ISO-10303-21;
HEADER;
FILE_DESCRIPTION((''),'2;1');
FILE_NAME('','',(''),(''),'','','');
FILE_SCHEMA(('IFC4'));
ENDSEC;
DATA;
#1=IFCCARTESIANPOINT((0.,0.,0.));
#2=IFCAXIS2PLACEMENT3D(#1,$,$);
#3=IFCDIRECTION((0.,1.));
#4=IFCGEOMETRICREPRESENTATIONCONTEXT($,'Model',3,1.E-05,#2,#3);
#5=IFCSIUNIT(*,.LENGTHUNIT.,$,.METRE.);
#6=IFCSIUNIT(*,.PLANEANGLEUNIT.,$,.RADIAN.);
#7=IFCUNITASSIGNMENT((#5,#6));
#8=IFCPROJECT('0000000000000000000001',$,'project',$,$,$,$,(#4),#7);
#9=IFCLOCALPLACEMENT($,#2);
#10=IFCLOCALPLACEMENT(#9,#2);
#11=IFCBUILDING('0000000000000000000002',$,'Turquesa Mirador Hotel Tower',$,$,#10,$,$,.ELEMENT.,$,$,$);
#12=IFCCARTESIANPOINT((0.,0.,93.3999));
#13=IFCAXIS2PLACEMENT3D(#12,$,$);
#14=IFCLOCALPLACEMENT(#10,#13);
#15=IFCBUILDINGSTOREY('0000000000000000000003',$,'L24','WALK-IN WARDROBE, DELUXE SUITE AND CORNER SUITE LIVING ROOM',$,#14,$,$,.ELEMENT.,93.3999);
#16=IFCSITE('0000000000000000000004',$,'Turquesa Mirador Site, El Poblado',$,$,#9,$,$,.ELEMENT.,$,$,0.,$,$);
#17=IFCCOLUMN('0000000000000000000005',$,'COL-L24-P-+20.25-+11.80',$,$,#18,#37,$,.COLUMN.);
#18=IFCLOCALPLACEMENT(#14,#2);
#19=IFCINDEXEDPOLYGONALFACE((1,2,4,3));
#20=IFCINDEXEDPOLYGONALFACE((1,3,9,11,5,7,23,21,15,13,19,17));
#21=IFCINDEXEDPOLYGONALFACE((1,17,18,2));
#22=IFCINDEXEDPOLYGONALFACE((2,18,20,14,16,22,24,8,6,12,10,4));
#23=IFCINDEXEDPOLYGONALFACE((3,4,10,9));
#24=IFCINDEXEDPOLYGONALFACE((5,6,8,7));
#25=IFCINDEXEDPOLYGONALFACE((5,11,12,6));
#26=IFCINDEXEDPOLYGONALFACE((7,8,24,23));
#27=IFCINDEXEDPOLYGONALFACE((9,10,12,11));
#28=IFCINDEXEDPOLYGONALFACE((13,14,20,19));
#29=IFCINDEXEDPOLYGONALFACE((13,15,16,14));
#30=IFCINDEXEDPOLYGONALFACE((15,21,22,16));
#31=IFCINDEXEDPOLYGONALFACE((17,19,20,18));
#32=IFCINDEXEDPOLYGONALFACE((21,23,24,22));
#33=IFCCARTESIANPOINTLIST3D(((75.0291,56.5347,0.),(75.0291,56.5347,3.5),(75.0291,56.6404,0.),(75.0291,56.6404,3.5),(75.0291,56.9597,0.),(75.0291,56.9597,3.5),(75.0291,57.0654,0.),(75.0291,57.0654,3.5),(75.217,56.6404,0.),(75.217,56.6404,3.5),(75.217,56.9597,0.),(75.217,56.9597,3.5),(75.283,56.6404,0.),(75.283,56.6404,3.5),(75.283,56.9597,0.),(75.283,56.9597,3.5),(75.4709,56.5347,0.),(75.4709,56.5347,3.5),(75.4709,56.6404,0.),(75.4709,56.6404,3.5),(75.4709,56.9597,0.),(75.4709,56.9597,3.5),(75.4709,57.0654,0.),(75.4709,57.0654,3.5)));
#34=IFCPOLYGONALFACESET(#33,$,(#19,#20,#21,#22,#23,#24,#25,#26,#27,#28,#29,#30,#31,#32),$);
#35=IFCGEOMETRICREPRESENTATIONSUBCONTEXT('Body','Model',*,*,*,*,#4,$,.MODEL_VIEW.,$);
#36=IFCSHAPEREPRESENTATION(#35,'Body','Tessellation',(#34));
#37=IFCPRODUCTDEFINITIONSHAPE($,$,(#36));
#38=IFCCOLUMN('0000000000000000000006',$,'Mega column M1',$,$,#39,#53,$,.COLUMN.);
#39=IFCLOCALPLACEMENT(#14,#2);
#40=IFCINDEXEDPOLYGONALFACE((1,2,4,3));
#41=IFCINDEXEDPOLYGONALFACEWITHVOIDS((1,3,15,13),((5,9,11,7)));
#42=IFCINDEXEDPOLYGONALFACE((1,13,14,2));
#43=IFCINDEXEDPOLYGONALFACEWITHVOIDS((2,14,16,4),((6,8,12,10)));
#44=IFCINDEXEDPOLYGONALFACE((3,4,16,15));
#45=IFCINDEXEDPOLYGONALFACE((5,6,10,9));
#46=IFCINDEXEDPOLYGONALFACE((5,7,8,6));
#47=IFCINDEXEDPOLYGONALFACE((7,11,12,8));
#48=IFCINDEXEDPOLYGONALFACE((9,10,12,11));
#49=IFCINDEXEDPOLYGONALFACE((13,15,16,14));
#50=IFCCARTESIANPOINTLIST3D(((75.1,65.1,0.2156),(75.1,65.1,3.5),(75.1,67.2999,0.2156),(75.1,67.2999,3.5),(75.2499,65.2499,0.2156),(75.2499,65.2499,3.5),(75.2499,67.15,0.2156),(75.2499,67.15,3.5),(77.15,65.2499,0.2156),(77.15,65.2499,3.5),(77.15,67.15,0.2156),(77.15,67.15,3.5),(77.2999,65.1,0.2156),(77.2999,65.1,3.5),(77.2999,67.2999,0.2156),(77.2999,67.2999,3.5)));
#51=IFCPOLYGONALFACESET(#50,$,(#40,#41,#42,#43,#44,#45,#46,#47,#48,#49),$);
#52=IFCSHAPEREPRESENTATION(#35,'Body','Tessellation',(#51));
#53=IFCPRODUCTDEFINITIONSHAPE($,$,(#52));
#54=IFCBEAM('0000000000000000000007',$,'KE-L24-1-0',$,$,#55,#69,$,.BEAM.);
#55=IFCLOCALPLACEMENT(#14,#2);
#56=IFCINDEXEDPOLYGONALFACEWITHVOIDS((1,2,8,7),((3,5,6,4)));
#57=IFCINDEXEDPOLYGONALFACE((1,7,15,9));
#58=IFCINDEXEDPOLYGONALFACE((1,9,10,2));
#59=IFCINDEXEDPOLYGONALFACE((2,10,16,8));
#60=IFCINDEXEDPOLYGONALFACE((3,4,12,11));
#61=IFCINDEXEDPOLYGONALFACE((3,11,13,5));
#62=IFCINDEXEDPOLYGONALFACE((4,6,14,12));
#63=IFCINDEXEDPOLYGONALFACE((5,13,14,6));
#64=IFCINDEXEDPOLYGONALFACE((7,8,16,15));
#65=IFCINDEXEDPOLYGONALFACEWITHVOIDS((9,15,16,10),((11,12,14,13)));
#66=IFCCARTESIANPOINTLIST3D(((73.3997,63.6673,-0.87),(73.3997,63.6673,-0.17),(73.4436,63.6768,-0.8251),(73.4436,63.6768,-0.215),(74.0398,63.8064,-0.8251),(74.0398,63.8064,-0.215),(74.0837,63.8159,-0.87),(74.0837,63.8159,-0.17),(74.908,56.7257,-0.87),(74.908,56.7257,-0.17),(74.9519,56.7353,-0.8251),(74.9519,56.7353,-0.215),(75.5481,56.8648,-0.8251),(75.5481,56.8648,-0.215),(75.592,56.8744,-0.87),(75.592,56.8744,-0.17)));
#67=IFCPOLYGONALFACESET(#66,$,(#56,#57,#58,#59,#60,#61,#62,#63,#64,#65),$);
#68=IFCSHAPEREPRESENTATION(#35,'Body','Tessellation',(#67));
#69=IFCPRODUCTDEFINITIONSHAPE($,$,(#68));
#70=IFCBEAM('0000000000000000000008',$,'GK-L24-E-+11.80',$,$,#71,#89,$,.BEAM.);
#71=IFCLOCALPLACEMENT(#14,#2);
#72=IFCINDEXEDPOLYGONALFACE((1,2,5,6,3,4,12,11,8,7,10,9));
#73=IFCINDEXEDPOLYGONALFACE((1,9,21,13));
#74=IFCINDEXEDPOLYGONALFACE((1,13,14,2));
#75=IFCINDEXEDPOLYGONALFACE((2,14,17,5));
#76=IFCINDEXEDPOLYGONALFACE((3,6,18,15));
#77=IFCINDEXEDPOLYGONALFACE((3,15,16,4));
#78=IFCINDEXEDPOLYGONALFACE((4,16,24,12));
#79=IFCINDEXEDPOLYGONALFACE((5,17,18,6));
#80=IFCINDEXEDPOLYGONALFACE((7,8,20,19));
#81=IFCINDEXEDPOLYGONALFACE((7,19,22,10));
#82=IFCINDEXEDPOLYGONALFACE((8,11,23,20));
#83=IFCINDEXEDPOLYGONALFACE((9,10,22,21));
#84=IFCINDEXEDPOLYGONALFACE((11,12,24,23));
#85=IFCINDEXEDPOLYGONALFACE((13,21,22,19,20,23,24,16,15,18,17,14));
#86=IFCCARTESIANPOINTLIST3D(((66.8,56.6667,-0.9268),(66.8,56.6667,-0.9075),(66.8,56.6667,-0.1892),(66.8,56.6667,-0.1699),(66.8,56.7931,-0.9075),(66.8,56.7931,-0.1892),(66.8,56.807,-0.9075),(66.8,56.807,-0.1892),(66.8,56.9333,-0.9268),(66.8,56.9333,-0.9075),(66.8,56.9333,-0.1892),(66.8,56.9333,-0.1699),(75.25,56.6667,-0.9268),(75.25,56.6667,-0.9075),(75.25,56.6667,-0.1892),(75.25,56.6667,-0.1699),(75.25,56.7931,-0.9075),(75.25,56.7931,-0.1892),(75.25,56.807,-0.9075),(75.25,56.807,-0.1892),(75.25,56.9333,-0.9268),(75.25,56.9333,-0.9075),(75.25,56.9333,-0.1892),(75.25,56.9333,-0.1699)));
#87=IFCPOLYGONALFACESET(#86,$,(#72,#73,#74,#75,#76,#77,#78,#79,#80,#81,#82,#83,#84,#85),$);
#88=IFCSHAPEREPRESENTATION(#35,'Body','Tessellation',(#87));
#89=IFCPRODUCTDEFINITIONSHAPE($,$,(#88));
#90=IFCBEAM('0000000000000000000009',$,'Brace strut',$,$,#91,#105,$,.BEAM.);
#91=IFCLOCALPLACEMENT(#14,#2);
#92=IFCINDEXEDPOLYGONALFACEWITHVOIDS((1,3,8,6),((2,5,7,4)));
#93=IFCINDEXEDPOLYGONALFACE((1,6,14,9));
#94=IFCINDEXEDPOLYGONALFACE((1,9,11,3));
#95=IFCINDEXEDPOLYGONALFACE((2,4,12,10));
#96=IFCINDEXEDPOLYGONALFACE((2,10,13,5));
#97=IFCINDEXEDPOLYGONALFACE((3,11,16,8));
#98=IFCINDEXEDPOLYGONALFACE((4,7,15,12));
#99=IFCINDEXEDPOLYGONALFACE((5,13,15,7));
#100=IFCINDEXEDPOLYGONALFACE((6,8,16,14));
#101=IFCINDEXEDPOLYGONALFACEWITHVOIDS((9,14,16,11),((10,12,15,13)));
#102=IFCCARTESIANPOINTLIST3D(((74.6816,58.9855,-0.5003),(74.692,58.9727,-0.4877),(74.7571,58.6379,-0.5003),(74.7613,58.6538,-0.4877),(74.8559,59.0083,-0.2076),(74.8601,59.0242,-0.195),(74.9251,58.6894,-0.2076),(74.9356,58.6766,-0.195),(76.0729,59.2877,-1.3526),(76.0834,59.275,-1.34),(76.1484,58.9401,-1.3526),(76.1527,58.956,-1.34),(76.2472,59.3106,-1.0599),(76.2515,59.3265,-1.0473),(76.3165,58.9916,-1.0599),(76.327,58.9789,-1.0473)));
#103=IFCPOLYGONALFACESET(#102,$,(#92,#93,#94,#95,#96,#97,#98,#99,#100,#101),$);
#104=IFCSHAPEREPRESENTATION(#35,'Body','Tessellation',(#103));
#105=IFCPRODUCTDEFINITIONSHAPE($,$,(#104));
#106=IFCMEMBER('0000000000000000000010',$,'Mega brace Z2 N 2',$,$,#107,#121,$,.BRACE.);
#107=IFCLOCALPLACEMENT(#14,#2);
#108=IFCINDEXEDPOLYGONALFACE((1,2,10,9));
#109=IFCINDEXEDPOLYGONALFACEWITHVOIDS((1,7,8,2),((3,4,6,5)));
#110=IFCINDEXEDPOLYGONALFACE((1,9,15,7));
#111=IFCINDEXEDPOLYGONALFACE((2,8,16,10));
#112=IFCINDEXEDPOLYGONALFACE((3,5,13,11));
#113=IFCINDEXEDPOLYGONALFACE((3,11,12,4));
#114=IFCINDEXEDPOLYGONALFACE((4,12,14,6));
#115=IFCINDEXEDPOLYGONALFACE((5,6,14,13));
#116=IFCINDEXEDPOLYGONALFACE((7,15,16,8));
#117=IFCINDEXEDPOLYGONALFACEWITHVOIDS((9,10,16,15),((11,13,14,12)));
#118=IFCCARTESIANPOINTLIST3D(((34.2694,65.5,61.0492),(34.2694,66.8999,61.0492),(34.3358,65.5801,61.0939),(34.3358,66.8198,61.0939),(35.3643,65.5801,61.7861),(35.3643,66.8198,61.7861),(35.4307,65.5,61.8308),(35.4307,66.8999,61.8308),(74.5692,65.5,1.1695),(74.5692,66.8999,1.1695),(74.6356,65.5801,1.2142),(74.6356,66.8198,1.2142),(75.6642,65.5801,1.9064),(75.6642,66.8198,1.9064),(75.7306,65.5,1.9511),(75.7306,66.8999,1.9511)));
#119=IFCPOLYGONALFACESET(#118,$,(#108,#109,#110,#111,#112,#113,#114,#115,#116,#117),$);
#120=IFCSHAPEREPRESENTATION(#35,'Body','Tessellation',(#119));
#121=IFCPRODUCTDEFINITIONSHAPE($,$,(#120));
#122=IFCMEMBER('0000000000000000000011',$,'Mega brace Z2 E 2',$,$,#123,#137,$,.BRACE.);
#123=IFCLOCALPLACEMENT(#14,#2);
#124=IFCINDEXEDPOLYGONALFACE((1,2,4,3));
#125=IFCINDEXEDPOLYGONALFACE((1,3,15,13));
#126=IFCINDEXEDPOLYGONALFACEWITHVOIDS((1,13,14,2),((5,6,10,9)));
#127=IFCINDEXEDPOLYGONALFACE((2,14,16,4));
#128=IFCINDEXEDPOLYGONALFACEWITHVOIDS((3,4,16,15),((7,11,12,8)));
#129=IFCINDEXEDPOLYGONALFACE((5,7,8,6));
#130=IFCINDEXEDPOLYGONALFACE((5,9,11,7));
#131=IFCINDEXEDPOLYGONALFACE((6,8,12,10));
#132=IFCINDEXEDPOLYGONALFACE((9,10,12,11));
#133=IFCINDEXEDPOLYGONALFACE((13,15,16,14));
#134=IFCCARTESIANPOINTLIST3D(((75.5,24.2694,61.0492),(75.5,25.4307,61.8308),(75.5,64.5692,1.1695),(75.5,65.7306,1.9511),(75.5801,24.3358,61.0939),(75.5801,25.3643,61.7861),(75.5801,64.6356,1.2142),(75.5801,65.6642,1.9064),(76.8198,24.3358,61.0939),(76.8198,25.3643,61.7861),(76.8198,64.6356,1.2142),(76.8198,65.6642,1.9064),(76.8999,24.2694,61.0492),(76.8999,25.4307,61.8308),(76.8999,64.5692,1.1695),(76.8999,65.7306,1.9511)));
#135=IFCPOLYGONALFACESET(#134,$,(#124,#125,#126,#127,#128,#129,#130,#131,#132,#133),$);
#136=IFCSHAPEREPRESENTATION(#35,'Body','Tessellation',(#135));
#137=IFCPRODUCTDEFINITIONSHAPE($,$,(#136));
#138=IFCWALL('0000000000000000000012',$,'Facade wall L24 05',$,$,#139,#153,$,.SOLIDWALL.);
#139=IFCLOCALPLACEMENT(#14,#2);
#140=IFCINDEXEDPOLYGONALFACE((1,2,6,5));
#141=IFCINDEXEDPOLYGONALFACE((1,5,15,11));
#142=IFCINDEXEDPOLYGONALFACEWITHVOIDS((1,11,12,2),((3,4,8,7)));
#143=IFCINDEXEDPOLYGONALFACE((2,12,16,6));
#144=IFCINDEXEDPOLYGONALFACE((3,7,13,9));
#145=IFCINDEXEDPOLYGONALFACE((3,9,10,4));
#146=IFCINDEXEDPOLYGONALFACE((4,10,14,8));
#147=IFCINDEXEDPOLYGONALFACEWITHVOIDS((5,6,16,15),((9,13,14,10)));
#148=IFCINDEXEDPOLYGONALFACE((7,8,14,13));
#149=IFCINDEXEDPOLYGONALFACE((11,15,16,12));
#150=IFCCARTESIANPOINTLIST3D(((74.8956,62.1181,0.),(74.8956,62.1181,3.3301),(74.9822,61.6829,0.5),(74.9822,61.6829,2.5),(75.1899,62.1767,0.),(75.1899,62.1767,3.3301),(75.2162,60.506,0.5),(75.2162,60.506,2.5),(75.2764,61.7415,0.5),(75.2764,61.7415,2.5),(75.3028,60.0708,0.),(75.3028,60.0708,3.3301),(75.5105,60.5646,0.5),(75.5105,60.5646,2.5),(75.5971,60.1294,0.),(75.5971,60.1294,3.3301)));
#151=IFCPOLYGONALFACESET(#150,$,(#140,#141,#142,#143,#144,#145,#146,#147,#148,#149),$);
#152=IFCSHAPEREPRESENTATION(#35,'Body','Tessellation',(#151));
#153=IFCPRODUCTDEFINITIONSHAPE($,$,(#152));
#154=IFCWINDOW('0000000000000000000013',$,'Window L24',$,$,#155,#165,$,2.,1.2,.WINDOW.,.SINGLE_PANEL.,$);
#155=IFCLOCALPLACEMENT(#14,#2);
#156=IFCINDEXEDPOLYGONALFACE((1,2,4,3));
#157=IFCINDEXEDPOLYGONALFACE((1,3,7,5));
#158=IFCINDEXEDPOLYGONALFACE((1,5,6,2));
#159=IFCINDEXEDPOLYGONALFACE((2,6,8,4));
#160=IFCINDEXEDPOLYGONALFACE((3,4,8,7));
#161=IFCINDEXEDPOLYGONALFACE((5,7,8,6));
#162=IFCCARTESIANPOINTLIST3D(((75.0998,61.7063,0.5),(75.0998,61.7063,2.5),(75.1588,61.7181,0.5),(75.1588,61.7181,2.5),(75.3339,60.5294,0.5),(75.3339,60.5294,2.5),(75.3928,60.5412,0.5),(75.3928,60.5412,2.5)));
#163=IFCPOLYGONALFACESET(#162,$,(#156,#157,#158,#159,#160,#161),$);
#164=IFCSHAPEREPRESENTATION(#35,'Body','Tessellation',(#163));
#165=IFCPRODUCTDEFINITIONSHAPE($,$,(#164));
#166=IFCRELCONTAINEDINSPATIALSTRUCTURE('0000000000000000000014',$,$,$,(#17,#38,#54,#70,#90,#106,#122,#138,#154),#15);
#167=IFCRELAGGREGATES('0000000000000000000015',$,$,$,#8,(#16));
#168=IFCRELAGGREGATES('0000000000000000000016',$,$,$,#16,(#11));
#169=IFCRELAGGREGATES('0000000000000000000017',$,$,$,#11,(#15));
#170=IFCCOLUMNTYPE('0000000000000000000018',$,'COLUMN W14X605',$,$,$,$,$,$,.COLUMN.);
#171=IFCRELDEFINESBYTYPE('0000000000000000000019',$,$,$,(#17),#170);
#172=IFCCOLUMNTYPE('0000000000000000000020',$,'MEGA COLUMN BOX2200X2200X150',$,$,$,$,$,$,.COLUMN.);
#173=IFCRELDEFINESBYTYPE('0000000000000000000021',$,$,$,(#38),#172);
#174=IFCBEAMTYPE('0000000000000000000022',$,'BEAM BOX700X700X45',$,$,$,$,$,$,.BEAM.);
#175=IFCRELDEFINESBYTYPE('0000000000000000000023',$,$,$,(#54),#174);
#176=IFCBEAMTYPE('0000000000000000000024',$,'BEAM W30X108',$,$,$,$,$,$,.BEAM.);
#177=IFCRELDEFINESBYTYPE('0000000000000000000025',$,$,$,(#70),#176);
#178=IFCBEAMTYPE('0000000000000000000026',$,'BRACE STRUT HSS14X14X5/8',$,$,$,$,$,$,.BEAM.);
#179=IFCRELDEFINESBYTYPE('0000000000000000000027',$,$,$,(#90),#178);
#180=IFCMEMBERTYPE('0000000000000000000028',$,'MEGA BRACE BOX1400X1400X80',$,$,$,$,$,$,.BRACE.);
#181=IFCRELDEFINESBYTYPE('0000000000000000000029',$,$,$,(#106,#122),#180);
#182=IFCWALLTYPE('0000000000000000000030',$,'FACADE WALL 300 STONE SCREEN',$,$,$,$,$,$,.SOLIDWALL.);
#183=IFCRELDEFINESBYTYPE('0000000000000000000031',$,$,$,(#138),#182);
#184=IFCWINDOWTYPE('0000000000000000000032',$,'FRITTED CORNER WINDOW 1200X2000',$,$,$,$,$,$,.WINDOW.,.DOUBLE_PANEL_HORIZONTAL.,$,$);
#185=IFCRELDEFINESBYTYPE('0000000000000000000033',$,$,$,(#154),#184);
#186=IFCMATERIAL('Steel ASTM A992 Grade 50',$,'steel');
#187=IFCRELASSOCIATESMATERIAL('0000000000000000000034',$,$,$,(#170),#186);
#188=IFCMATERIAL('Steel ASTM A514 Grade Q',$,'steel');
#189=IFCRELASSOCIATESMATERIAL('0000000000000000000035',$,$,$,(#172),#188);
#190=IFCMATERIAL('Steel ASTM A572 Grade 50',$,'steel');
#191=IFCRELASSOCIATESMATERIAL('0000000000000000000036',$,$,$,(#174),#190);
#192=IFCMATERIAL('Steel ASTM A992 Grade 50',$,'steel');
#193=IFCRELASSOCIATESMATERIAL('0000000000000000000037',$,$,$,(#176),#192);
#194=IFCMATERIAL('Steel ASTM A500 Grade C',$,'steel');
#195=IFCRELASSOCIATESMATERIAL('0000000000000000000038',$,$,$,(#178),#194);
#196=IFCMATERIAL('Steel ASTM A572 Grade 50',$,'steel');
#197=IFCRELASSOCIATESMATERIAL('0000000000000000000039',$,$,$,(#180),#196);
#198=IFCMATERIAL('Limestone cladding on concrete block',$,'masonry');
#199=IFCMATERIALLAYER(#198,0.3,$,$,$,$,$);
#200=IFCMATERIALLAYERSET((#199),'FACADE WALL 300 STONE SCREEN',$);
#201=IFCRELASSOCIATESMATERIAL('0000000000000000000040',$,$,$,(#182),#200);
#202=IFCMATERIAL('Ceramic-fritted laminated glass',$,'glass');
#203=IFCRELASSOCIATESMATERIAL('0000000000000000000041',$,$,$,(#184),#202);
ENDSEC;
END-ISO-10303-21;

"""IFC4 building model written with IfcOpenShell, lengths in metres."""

from ifc_helpers import new_model, si_unit, direction, frame, frame_2d, origin, origin_2d, place, context, subcontext, project, spatial, rectangle, hollow_rectangle, i_section, extrude, clip, halfspace, material, layer, layer_set, material_profile, profile_set, type_object, element, fill, save


model = new_model("IFC4")

# Units and contexts
model_context = context("Model", 3, precision=1e-05, world=origin(), true_north=direction((0.0, 1.0)))
body_context = subcontext(model_context, "Body", "Model", "MODEL_VIEW")
ifc_project = project(units=[si_unit("LENGTHUNIT", "METRE"), si_unit("PLANEANGLEUNIT", "RADIAN")], contexts=[model_context])

# Site, building, storey
site_placement = place(None, origin())
site = spatial("IfcSite", under=ifc_project, at=site_placement, Name="Turquesa Mirador Site, El Poblado", CompositionType="ELEMENT", RefElevation=0.0)
building_placement = place(site_placement, origin())
building = spatial("IfcBuilding", under=site, at=building_placement, Name="Turquesa Mirador Hotel Tower", CompositionType="ELEMENT")
storey_placement = place(building_placement, frame((0.0, 0.0, 93.3999)))
storey = spatial("IfcBuildingStorey", under=building, at=storey_placement, Name="L24", Description="WALK-IN WARDROBE, DELUXE SUITE AND CORNER SUITE LIVING ROOM", CompositionType="ELEMENT", Elevation=93.3999)

# Columns
ifc_material_1 = material(Name="Steel ASTM A992 Grade 50", Category="steel")
ifc_material_profile_1 = material_profile(ifc_material_1, i_section(OverallWidth=0.4419, OverallDepth=0.5308, WebThickness=0.0659, FlangeThickness=0.1057, at=origin_2d()), Name="W14X605")
ifc_profile_set_1 = profile_set([ifc_material_profile_1], Name="Steel ASTM A992 Grade 50")
column_type_1 = type_object("IfcColumnType", Name="COLUMN W14X605", PredefinedType="COLUMN", material=ifc_profile_set_1)
column_1_placement = place(storey_placement, frame((75.25, 56.8, 0.0), z_axis=(0.0, 0.0, 1.0), x_axis=(1.0, 0.0, 0.0)))
element("IfcColumn", 1, at=column_1_placement, inside=storey, type_object=column_type_1, Name="COL-L24-P-+20.25-+11.80", PredefinedType="COLUMN", context=body_context, shape_type="SweptSolid", body=[
    extrude(i_section(OverallWidth=0.4419, OverallDepth=0.5308, WebThickness=0.0659, FlangeThickness=0.1057, at=origin_2d()), origin(), (0.0, 0.0, 1.0), 3.5),
])
ifc_material_2 = material(Name="Steel ASTM A514 Grade Q", Category="steel")
ifc_material_profile_2 = material_profile(ifc_material_2, hollow_rectangle(XDim=2.2, YDim=2.2, WallThickness=0.1499, at=origin_2d()), Name="BOX2200X2200X150")
ifc_profile_set_2 = profile_set([ifc_material_profile_2], Name="Steel ASTM A514 Grade Q")
column_type_2 = type_object("IfcColumnType", Name="MEGA COLUMN BOX2200X2200X150", PredefinedType="COLUMN", material=ifc_profile_set_2)
column_2_placement = place(storey_placement, frame((76.2, 66.2, 0.0), z_axis=(0.0, 0.0, 1.0), x_axis=(1.0, 0.0, 0.0)))
element("IfcColumn", 2, at=column_2_placement, inside=storey, type_object=column_type_2, Name="Mega column M1", PredefinedType="COLUMN", context=body_context, shape_type="Clipping", body=[
    clip(extrude(hollow_rectangle(XDim=2.2, YDim=2.2, WallThickness=0.1499, at=origin_2d()), origin(), (0.0, 0.0, 1.0), 3.5), halfspace(frame((0.0, 0.0, 0.2156), z_axis=(0.0, 0.0, -1.0), x_axis=(1.0, 0.0, 0.0)), False)),
])

# Beams
ifc_material_3 = material(Name="Steel ASTM A572 Grade 50", Category="steel")
ifc_material_profile_3 = material_profile(ifc_material_3, hollow_rectangle(XDim=0.7, YDim=0.7, WallThickness=0.0449, at=origin_2d()), Name="BOX700X700X45")
ifc_profile_set_3 = profile_set([ifc_material_profile_3], Name="Steel ASTM A572 Grade 50")
beam_type_1 = type_object("IfcBeamType", Name="BEAM BOX700X700X45", PredefinedType="BEAM", material=ifc_profile_set_3)
beam_1_placement = place(storey_placement, frame((75.25, 56.8, -0.52), z_axis=(-0.212328, 0.977198, 0.0), x_axis=(-0.977198, -0.212328, 0.0)))
element("IfcBeam", 3, at=beam_1_placement, inside=storey, type_object=beam_type_1, Name="KE-L24-1-0", PredefinedType="BEAM", context=body_context, shape_type="SweptSolid", body=[
    extrude(hollow_rectangle(XDim=0.7, YDim=0.7, WallThickness=0.0449, at=origin_2d()), origin(), (0.0, 0.0, 1.0), 7.1035),
])
ifc_material_4 = material(Name="Steel ASTM A992 Grade 50", Category="steel")
ifc_material_profile_4 = material_profile(ifc_material_4, i_section(OverallWidth=0.2666, OverallDepth=0.7568, WebThickness=0.0139, FlangeThickness=0.0193, at=origin_2d()), Name="W30X108")
ifc_profile_set_4 = profile_set([ifc_material_profile_4], Name="Steel ASTM A992 Grade 50")
beam_type_2 = type_object("IfcBeamType", Name="BEAM W30X108", PredefinedType="BEAM", material=ifc_profile_set_4)
beam_2_placement = place(storey_placement, frame((75.25, 56.8, -0.5483), z_axis=(-1.0, 0.0, 0.0), x_axis=(0.0, -1.0, 0.0)))
element("IfcBeam", 4, at=beam_2_placement, inside=storey, type_object=beam_type_2, Name="GK-L24-E-+11.80", PredefinedType="BEAM", context=body_context, shape_type="SweptSolid", body=[
    extrude(i_section(OverallWidth=0.2666, OverallDepth=0.7568, WebThickness=0.0139, FlangeThickness=0.0193, at=origin_2d()), origin(), (0.0, 0.0, 1.0), 8.45),
])
ifc_material_5 = material(Name="Steel ASTM A500 Grade C", Category="steel")
ifc_material_profile_5 = material_profile(ifc_material_5, hollow_rectangle(XDim=0.3557, YDim=0.3557, WallThickness=0.0146, at=origin_2d()), Name="HSS14X14X5/8")
ifc_profile_set_5 = profile_set([ifc_material_profile_5], Name="Steel ASTM A500 Grade C")
beam_type_3 = type_object("IfcBeamType", Name="BRACE STRUT HSS14X14X5/8", PredefinedType="BEAM", material=ifc_profile_set_5)
beam_3_placement = place(storey_placement, frame((76.2, 59.1333, -1.2), z_axis=(-0.838466, -0.182141, 0.513614), x_axis=(0.21228, -0.977209, 0.0)))
element("IfcBeam", 5, at=beam_3_placement, inside=storey, type_object=beam_type_3, Name="Brace strut", PredefinedType="BEAM", context=body_context, shape_type="SweptSolid", body=[
    extrude(hollow_rectangle(XDim=0.3557, YDim=0.3557, WallThickness=0.0146, at=origin_2d()), origin(), (0.0, 0.0, 1.0), 1.6594),
])

# Members
ifc_material_6 = material(Name="Steel ASTM A572 Grade 50", Category="steel")
ifc_material_profile_6 = material_profile(ifc_material_6, hollow_rectangle(XDim=1.3999, YDim=1.3999, WallThickness=0.0801, at=origin_2d()), Name="BOX1400X1400X80")
ifc_profile_set_6 = profile_set([ifc_material_profile_6], Name="Steel ASTM A572 Grade 50")
member_type = type_object("IfcMemberType", Name="MEGA BRACE BOX1400X1400X80", PredefinedType="BRACE", material=ifc_profile_set_6)
for number, where, z_axis, x_axis, name in (
    (6, (75.1499, 66.2, 1.5603), (-0.55834, 0.0, 0.829612), (0.0, -1.0, 0.0), "Mega brace Z2 N 2"),
    (7, (76.2, 65.1499, 1.5603), (0.0, -0.55834, 0.829612), (1.0, 0.0, 0.0), "Mega brace Z2 E 2"),
):
    element("IfcMember", number, at=place(storey_placement, frame(where, z_axis=z_axis, x_axis=x_axis)), inside=storey, type_object=member_type, Name=name, PredefinedType="BRACE", context=body_context, shape_type="SweptSolid", body=[
        extrude(hollow_rectangle(XDim=1.3999, YDim=1.3999, WallThickness=0.0801, at=origin_2d()), origin(), (0.0, 0.0, 1.0), 72.178),
    ])

# Wall, opening, window
ifc_material_7 = material(Name="Limestone cladding on concrete block", Category="masonry")
ifc_layer = layer(ifc_material_7, 0.3)
ifc_layer_set = layer_set([ifc_layer], Name="FACADE WALL 300 STONE SCREEN")
wall_type = type_object("IfcWallType", Name="FACADE WALL 300 STONE SCREEN", PredefinedType="SOLIDWALL", material=ifc_layer_set)
wall_1_placement = place(storey_placement, frame((75.45, 60.1001, 0.0), z_axis=(0.0, 0.0, 1.0), x_axis=(-0.195081, 0.980787, 0.0)))
wall_1 = element("IfcWall", 8, at=wall_1_placement, inside=storey, type_object=wall_type, Name="Facade wall L24 05", PredefinedType="SOLIDWALL", context=body_context, shape_type="SweptSolid", body=[
    extrude(rectangle(XDim=2.0874, YDim=0.3, at=frame_2d((1.0437, 0.0))), origin(), (0.0, 0.0, 1.0), 3.3301),
])
opening_1_placement = place(wall_1_placement, frame((0.4436, 0.0, 0.5)))
opening_1 = element("IfcOpeningElement", 9, at=opening_1_placement, cuts=wall_1, PredefinedType="OPENING", context=body_context, shape_type="SweptSolid", body=[
    extrude(rectangle(XDim=1.2, YDim=2.0, at=frame_2d((0.6001, 1.0))), frame((0.0, 0.1599, 0.0), z_axis=(0.0, -1.0, 0.0), x_axis=(1.0, 0.0, 0.0)), (0.0, 0.0, 1.0), 0.3201),
])
ifc_material_8 = material(Name="Ceramic-fritted laminated glass", Category="glass")
window_type_1 = type_object("IfcWindowType", Name="FRITTED CORNER WINDOW 1200X2000", PartitioningType="DOUBLE_PANEL_HORIZONTAL", PredefinedType="WINDOW", material=ifc_material_8)
window_1_placement = place(opening_1_placement, origin())
window_1 = element("IfcWindow", 10, at=window_1_placement, inside=storey, type_object=window_type_1, Name="Window L24", OverallHeight=2.0, OverallWidth=1.2, PartitioningType="SINGLE_PANEL", PredefinedType="WINDOW", context=body_context, shape_type="SweptSolid", body=[
    extrude(rectangle(XDim=1.2, YDim=2.0, at=frame_2d((0.6001, 1.0))), frame((0.0, 0.03, 0.0), z_axis=(0.0, -1.0, 0.0), x_axis=(1.0, 0.0, 0.0)), (0.0, 0.0, 1.0), 0.0601),
])
fill(opening_1, window_1)

save(model, "model.ifc")
